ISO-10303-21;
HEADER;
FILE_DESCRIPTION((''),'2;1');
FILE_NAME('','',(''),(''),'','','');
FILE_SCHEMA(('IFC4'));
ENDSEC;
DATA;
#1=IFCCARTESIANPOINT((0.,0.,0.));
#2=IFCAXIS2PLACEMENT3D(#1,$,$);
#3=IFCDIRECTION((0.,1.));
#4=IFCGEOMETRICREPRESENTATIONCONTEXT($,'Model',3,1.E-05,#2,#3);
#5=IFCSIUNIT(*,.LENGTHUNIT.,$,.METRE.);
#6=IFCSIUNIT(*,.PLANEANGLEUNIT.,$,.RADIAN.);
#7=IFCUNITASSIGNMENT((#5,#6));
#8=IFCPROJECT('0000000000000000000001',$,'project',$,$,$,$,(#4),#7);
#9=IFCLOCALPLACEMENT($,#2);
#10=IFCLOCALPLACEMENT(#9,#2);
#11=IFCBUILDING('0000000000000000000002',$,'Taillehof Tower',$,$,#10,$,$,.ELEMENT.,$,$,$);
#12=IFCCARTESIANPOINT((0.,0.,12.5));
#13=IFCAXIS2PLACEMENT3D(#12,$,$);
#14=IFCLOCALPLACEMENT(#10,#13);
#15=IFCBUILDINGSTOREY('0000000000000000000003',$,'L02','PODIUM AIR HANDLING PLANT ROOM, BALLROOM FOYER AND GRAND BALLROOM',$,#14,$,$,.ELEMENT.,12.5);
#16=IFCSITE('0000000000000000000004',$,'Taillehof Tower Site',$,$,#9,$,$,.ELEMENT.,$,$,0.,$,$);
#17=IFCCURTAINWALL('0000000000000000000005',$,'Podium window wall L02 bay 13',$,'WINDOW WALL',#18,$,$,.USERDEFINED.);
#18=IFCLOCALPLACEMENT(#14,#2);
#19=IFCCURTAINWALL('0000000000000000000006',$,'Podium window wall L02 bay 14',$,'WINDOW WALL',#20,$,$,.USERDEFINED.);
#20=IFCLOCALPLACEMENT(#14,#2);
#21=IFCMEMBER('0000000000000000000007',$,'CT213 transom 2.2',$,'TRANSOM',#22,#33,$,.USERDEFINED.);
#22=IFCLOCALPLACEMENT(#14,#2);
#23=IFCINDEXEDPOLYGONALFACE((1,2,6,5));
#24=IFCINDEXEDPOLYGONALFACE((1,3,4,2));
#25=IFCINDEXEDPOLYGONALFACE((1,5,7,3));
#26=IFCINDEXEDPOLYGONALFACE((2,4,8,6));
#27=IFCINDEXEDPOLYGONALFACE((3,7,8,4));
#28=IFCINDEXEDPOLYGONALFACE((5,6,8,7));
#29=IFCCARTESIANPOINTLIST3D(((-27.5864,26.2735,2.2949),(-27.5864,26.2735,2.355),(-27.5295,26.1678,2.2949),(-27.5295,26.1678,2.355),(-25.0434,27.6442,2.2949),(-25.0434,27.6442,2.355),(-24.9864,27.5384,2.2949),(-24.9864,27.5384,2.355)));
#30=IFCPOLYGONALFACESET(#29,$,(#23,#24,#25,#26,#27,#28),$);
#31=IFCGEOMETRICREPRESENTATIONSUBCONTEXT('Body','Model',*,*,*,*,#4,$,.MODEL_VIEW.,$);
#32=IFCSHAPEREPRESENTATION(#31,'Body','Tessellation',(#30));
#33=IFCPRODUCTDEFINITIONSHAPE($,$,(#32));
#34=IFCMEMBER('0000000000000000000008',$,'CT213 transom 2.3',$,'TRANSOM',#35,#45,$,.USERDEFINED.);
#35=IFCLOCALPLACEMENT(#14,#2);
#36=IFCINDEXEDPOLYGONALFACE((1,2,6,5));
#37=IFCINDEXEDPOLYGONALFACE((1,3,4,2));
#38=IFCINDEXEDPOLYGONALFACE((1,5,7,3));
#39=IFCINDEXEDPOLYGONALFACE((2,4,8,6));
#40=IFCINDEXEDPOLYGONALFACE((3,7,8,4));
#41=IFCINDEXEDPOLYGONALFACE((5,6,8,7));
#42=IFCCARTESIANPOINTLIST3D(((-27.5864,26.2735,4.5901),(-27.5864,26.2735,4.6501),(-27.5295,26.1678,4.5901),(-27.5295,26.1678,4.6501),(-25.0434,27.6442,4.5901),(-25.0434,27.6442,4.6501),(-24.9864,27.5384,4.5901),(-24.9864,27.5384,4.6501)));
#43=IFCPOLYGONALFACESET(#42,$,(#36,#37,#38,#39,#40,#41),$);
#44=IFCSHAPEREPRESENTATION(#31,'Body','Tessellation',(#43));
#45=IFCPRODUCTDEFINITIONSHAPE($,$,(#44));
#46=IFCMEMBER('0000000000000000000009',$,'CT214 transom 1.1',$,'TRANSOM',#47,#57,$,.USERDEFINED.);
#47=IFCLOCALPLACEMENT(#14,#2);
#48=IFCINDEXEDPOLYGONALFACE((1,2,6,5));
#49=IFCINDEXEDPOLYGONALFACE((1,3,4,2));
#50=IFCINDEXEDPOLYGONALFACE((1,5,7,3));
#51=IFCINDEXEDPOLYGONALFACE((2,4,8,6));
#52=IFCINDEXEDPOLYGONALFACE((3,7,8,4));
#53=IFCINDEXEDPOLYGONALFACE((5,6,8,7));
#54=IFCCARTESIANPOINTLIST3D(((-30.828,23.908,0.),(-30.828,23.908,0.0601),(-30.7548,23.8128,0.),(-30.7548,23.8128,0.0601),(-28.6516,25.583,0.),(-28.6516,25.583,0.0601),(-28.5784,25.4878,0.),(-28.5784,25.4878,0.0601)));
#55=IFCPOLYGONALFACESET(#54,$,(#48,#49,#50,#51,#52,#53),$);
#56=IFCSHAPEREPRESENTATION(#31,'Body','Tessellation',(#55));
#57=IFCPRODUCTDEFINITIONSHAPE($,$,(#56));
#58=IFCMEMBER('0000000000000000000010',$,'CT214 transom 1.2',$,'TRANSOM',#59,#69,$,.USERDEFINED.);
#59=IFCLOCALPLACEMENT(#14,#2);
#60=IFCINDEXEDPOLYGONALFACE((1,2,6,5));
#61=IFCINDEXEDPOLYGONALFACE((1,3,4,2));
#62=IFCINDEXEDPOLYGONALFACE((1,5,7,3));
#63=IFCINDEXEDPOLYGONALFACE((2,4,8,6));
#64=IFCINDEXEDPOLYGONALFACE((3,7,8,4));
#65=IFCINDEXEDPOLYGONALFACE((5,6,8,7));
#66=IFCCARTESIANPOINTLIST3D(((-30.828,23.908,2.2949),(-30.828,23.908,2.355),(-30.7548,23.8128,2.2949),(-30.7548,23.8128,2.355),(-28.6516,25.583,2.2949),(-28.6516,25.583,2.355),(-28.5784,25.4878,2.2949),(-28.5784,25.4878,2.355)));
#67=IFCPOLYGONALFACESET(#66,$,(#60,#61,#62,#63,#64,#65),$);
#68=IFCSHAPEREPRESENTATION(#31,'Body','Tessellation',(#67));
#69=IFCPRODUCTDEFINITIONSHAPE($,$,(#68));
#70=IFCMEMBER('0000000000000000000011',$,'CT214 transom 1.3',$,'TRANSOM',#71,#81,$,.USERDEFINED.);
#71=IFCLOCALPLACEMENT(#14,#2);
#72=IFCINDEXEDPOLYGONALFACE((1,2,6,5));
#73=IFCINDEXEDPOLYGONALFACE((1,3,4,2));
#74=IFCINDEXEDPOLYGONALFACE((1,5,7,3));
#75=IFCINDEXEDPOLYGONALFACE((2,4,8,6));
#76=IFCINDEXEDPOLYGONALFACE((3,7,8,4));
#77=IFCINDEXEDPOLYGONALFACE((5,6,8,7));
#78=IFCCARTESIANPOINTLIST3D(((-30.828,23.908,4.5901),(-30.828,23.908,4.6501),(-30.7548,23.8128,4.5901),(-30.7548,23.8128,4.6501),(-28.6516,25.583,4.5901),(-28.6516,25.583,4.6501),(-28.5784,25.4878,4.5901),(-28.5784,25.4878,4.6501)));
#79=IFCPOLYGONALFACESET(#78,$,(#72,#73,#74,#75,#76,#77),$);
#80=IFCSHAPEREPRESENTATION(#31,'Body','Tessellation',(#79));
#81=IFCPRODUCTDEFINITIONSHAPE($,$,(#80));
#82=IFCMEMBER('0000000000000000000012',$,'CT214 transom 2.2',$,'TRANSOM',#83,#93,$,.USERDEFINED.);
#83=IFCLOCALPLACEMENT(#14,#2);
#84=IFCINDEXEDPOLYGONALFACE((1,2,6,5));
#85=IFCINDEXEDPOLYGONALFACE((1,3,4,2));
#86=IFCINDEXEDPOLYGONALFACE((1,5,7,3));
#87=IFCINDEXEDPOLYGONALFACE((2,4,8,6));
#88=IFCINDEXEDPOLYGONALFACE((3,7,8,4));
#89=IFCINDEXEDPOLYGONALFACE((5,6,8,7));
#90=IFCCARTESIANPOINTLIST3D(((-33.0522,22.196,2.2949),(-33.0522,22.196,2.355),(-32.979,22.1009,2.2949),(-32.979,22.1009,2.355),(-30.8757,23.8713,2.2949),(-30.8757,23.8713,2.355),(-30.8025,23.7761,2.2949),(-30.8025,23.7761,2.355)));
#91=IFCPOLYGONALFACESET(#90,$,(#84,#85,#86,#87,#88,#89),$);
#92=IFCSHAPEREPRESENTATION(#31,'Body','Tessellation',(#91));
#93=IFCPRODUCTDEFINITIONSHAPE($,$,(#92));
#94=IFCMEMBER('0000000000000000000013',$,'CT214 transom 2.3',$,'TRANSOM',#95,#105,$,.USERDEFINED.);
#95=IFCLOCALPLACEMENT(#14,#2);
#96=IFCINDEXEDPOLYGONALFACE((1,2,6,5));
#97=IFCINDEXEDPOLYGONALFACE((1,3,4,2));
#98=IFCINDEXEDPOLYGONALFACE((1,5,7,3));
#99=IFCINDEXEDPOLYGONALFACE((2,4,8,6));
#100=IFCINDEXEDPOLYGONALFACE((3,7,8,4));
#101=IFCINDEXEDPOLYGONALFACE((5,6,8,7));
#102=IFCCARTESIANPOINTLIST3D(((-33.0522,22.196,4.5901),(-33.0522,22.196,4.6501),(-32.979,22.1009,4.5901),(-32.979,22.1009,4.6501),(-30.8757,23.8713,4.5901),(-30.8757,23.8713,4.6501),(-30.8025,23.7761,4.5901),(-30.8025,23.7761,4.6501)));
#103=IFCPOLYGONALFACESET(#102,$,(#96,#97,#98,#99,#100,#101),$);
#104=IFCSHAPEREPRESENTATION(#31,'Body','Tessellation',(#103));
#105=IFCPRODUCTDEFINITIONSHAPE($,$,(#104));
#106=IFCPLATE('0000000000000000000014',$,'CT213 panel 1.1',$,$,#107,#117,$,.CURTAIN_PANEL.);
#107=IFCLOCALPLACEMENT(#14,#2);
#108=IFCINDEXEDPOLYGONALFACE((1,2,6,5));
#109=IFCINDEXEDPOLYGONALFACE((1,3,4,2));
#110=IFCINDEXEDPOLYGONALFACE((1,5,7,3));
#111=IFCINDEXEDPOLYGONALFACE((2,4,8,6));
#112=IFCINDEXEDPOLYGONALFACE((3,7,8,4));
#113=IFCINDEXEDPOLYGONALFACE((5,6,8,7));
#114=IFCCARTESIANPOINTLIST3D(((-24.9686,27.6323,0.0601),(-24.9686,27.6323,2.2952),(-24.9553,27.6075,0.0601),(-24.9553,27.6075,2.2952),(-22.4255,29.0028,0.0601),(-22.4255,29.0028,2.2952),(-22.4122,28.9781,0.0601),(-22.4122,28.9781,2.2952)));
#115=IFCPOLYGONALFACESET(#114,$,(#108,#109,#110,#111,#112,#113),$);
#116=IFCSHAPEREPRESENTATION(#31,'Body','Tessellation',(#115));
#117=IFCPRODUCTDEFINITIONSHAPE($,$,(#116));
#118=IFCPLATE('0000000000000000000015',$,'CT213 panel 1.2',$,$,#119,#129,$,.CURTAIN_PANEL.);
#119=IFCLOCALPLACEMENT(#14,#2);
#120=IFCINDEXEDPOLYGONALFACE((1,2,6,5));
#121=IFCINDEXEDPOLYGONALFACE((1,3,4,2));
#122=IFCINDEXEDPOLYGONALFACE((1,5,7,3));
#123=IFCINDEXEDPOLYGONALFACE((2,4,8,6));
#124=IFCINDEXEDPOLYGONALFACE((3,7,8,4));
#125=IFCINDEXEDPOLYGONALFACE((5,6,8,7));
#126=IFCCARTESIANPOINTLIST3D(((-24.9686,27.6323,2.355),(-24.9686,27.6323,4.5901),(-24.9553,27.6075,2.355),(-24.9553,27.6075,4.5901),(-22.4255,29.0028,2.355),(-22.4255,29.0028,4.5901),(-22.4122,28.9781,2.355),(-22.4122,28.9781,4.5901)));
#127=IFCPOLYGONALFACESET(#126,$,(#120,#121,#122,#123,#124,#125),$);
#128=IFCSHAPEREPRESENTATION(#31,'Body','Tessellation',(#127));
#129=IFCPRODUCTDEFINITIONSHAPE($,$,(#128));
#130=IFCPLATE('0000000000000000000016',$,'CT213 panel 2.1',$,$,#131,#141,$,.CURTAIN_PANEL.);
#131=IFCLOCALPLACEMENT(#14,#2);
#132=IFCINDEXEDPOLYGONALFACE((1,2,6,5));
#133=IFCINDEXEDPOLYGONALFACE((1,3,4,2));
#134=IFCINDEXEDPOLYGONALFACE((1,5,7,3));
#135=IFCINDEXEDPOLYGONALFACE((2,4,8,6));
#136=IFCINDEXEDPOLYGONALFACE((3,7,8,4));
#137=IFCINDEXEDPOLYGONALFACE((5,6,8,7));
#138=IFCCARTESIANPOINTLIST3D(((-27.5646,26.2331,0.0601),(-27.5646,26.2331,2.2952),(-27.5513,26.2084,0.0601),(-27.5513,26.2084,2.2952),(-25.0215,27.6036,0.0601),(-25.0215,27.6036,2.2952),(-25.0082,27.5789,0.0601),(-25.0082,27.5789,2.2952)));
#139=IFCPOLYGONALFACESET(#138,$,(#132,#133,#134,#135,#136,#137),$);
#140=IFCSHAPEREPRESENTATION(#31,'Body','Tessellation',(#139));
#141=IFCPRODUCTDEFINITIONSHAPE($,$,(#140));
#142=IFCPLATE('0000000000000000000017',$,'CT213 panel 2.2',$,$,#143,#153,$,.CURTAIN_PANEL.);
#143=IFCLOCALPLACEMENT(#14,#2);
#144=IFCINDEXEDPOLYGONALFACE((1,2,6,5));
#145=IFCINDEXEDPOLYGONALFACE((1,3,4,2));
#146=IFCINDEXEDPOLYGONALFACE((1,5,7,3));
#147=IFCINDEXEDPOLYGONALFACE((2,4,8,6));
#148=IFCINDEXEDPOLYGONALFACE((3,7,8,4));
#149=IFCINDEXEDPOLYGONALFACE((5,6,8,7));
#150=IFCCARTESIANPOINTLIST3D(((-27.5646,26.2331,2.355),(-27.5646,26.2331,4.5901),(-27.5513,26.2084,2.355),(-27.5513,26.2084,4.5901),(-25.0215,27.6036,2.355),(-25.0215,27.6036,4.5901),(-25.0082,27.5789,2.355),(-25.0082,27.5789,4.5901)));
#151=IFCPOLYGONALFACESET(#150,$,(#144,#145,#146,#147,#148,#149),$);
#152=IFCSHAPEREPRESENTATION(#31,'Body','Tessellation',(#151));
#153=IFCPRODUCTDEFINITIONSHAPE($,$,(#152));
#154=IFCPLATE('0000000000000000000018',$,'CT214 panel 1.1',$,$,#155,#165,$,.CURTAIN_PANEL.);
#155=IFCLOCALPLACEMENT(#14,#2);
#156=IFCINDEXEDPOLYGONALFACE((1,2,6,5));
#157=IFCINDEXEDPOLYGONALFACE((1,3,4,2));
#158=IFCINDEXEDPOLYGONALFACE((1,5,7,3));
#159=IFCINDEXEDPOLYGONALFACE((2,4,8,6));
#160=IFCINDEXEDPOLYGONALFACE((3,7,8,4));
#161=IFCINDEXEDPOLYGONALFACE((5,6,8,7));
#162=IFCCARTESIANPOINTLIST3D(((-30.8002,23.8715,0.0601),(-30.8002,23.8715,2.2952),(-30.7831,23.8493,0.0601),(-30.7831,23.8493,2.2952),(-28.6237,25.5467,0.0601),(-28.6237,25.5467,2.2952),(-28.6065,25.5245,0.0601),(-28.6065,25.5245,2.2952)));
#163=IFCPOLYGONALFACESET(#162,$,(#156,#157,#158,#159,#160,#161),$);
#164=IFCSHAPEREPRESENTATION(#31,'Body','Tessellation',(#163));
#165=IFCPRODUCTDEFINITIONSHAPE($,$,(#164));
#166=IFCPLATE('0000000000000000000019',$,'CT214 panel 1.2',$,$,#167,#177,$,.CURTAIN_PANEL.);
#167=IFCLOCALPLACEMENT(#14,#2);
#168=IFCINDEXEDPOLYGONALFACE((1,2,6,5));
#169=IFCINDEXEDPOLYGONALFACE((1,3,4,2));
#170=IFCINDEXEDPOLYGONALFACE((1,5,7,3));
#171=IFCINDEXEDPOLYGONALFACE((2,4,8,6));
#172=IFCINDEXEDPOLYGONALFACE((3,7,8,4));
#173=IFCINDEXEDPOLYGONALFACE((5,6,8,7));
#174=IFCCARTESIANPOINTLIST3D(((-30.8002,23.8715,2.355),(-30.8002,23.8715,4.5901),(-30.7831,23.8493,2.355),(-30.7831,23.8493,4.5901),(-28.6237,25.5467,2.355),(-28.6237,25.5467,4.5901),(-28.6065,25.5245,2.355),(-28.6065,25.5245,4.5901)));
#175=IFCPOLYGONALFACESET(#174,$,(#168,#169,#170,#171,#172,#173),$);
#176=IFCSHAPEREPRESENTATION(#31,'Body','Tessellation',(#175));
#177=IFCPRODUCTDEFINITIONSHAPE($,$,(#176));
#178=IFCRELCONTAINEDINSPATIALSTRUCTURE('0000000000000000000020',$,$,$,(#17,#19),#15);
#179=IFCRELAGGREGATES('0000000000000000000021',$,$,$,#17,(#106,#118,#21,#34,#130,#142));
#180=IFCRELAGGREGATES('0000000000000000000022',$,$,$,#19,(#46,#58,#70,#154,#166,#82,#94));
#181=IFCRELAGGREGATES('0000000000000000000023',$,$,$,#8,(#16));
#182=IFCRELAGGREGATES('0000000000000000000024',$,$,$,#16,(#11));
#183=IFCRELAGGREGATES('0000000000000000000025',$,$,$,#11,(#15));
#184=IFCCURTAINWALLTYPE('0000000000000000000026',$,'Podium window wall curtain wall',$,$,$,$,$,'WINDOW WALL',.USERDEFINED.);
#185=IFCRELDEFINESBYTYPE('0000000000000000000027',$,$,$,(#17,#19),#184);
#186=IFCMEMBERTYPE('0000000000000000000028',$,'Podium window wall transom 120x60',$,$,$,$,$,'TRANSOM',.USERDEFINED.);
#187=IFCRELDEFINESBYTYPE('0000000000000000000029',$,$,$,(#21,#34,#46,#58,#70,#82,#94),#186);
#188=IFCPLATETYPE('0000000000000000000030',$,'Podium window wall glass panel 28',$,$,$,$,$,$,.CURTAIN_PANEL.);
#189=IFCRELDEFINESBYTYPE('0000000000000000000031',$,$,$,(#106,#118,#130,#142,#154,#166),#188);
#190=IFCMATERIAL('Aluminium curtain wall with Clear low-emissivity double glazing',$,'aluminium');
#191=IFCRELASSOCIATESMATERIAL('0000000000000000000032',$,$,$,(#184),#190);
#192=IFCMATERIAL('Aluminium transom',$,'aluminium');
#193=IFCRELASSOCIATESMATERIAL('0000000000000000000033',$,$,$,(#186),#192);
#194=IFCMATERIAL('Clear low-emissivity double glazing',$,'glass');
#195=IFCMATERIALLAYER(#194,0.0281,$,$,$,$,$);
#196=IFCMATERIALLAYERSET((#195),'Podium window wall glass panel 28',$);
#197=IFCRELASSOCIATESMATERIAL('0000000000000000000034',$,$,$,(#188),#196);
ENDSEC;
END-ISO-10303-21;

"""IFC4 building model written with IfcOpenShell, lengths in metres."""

from ifc_helpers import new_model, si_unit, direction, frame, origin, origin_2d, place, context, subcontext, project, spatial, rectangle, extrude, material, layer, layer_set, material_profile, profile_set, type_object, element, aggregate, save


model = new_model("IFC4")

# Units and contexts
model_context = context("Model", 3, precision=1e-05, world=origin(), true_north=direction((0.0, 1.0)))
body_context = subcontext(model_context, "Body", "Model", "MODEL_VIEW")
ifc_project = project(units=[si_unit("LENGTHUNIT", "METRE"), si_unit("PLANEANGLEUNIT", "RADIAN")], contexts=[model_context])

# Site, building, storey
site_placement = place(None, origin())
site = spatial("IfcSite", under=ifc_project, at=site_placement, Name="Taillehof Tower Site", CompositionType="ELEMENT", RefElevation=0.0)
building_placement = place(site_placement, origin())
building = spatial("IfcBuilding", under=site, at=building_placement, Name="Taillehof Tower", CompositionType="ELEMENT")
storey_placement = place(building_placement, frame((0.0, 0.0, 12.5)))
storey = spatial("IfcBuildingStorey", under=building, at=storey_placement, Name="L02", Description="PODIUM AIR HANDLING PLANT ROOM, BALLROOM FOYER AND GRAND BALLROOM", CompositionType="ELEMENT", Elevation=12.5)

# Curtain walls
ifc_material_1 = material(Name="Aluminium curtain wall with Clear low-emissivity double glazing", Category="aluminium")
curtain_wall_type = type_object("IfcCurtainWallType", Name="Podium window wall curtain wall", ElementType="WINDOW WALL", PredefinedType="USERDEFINED", material=ifc_material_1)
curtain_wall_1_placement = place(storey_placement, origin())
curtain_wall_1 = element("IfcCurtainWall", 1, at=curtain_wall_1_placement, inside=storey, type_object=curtain_wall_type, Name="Podium window wall L02 bay 13", ObjectType="WINDOW WALL", PredefinedType="USERDEFINED")
curtain_wall_2_placement = place(storey_placement, origin())
curtain_wall_2 = element("IfcCurtainWall", 2, at=curtain_wall_2_placement, inside=storey, type_object=curtain_wall_type, Name="Podium window wall L02 bay 14", ObjectType="WINDOW WALL", PredefinedType="USERDEFINED")

# Members
ifc_material_2 = material(Name="Aluminium transom", Category="aluminium")
ifc_material_profile_1 = material_profile(ifc_material_2, rectangle(XDim=0.1201, YDim=0.0601, at=origin_2d()), Name="AL 120x60")
ifc_profile_set_1 = profile_set([ifc_material_profile_1], Name="Aluminium transom")
member_type_1 = type_object("IfcMemberType", Name="Podium window wall transom 120x60", ElementType="TRANSOM", PredefinedType="USERDEFINED", material=ifc_profile_set_1)
member_1_placement = place(storey_placement, frame((-25.0149, 27.5913, 2.325), z_axis=(-0.880281, -0.474453, 0.0), x_axis=(0.474453, -0.880281, 0.0)))
member_1 = element("IfcMember", 3, at=member_1_placement, type_object=member_type_1, Name="CT213 transom 2.2", ObjectType="TRANSOM", PredefinedType="USERDEFINED", context=body_context, shape_type="SweptSolid", body=[
    extrude(rectangle(XDim=0.1201, YDim=0.0601, at=origin_2d()), origin(), (0.0, 0.0, 1.0), 2.8889),
])
member_2_placement = place(storey_placement, frame((-25.0149, 27.5913, 4.6201), z_axis=(-0.880281, -0.474453, 0.0), x_axis=(0.474453, -0.880281, 0.0)))
member_2 = element("IfcMember", 4, at=member_2_placement, type_object=member_type_1, Name="CT213 transom 2.3", ObjectType="TRANSOM", PredefinedType="USERDEFINED", context=body_context, shape_type="SweptSolid", body=[
    extrude(rectangle(XDim=0.1201, YDim=0.0601, at=origin_2d()), origin(), (0.0, 0.0, 1.0), 2.8889),
])
member_3_placement = place(storey_placement, frame((-28.615, 25.5354, 0.03), z_axis=(-0.792482, -0.609895, 0.0), x_axis=(0.609895, -0.792482, 0.0)))
member_3 = element("IfcMember", 5, at=member_3_placement, type_object=member_type_1, Name="CT214 transom 1.1", ObjectType="TRANSOM", PredefinedType="USERDEFINED", context=body_context, shape_type="SweptSolid", body=[
    extrude(rectangle(XDim=0.1201, YDim=0.0601, at=origin_2d()), origin(), (0.0, 0.0, 1.0), 2.7463),
])
member_4_placement = place(storey_placement, frame((-28.615, 25.5354, 2.325), z_axis=(-0.792482, -0.609895, 0.0), x_axis=(0.609895, -0.792482, 0.0)))
member_4 = element("IfcMember", 6, at=member_4_placement, type_object=member_type_1, Name="CT214 transom 1.2", ObjectType="TRANSOM", PredefinedType="USERDEFINED", context=body_context, shape_type="SweptSolid", body=[
    extrude(rectangle(XDim=0.1201, YDim=0.0601, at=origin_2d()), origin(), (0.0, 0.0, 1.0), 2.7463),
])
member_5_placement = place(storey_placement, frame((-28.615, 25.5354, 4.6201), z_axis=(-0.792482, -0.609895, 0.0), x_axis=(0.609895, -0.792482, 0.0)))
member_5 = element("IfcMember", 7, at=member_5_placement, type_object=member_type_1, Name="CT214 transom 1.3", ObjectType="TRANSOM", PredefinedType="USERDEFINED", context=body_context, shape_type="SweptSolid", body=[
    extrude(rectangle(XDim=0.1201, YDim=0.0601, at=origin_2d()), origin(), (0.0, 0.0, 1.0), 2.7463),
])
member_6_placement = place(storey_placement, frame((-30.8391, 23.8237, 2.325), z_axis=(-0.792439, -0.609951, 0.0), x_axis=(0.609951, -0.792439, 0.0)))
member_6 = element("IfcMember", 8, at=member_6_placement, type_object=member_type_1, Name="CT214 transom 2.2", ObjectType="TRANSOM", PredefinedType="USERDEFINED", context=body_context, shape_type="SweptSolid", body=[
    extrude(rectangle(XDim=0.1201, YDim=0.0601, at=origin_2d()), origin(), (0.0, 0.0, 1.0), 2.7466),
])
member_7_placement = place(storey_placement, frame((-30.8391, 23.8237, 4.6201), z_axis=(-0.792439, -0.609951, 0.0), x_axis=(0.609951, -0.792439, 0.0)))
member_7 = element("IfcMember", 9, at=member_7_placement, type_object=member_type_1, Name="CT214 transom 2.3", ObjectType="TRANSOM", PredefinedType="USERDEFINED", context=body_context, shape_type="SweptSolid", body=[
    extrude(rectangle(XDim=0.1201, YDim=0.0601, at=origin_2d()), origin(), (0.0, 0.0, 1.0), 2.7466),
])

# Plates
ifc_material_3 = material(Name="Clear low-emissivity double glazing", Category="glass")
ifc_layer = layer(ifc_material_3, 0.0281)
ifc_layer_set = layer_set([ifc_layer], Name="Podium window wall glass panel 28")
plate_type = type_object("IfcPlateType", Name="Podium window wall glass panel 28", PredefinedType="CURTAIN_PANEL", material=ifc_layer_set)
plate_1_placement = place(storey_placement, frame((-23.6904, 28.3052, 0.0601), z_axis=(0.0, 0.0, 1.0), x_axis=(-0.880301, -0.474415, 0.0)))
plate_1 = element("IfcPlate", 10, at=plate_1_placement, type_object=plate_type, Name="CT213 panel 1.1", PredefinedType="CURTAIN_PANEL", context=body_context, shape_type="SweptSolid", body=[
    extrude(rectangle(XDim=2.8889, YDim=0.0281, at=origin_2d()), origin(), (0.0, 0.0, 1.0), 2.2351),
])
plate_2_placement = place(storey_placement, frame((-23.6904, 28.3052, 2.355), z_axis=(0.0, 0.0, 1.0), x_axis=(-0.880301, -0.474415, 0.0)))
plate_2 = element("IfcPlate", 11, at=plate_2_placement, type_object=plate_type, Name="CT213 panel 1.2", PredefinedType="CURTAIN_PANEL", context=body_context, shape_type="SweptSolid", body=[
    extrude(rectangle(XDim=2.8889, YDim=0.0281, at=origin_2d()), origin(), (0.0, 0.0, 1.0), 2.2351),
])
plate_3_placement = place(storey_placement, frame((-26.2864, 26.906, 0.0601), z_axis=(0.0, 0.0, 1.0), x_axis=(-0.880301, -0.474415, 0.0)))
plate_3 = element("IfcPlate", 12, at=plate_3_placement, type_object=plate_type, Name="CT213 panel 2.1", PredefinedType="CURTAIN_PANEL", context=body_context, shape_type="SweptSolid", body=[
    extrude(rectangle(XDim=2.8889, YDim=0.0281, at=origin_2d()), origin(), (0.0, 0.0, 1.0), 2.2351),
])
plate_4_placement = place(storey_placement, frame((-26.2864, 26.906, 2.355), z_axis=(0.0, 0.0, 1.0), x_axis=(-0.880301, -0.474415, 0.0)))
plate_4 = element("IfcPlate", 13, at=plate_4_placement, type_object=plate_type, Name="CT213 panel 2.2", PredefinedType="CURTAIN_PANEL", context=body_context, shape_type="SweptSolid", body=[
    extrude(rectangle(XDim=2.8889, YDim=0.0281, at=origin_2d()), origin(), (0.0, 0.0, 1.0), 2.2351),
])
aggregate(curtain_wall_1, [plate_1, plate_2, member_1, member_2, plate_3, plate_4])
plate_5_placement = place(storey_placement, frame((-29.7034, 24.698, 0.0601), z_axis=(0.0, 0.0, 1.0), x_axis=(-0.792454, -0.609932, 0.0)))
plate_5 = element("IfcPlate", 14, at=plate_5_placement, type_object=plate_type, Name="CT214 panel 1.1", PredefinedType="CURTAIN_PANEL", context=body_context, shape_type="SweptSolid", body=[
    extrude(rectangle(XDim=2.7466, YDim=0.0281, at=origin_2d()), origin(), (0.0, 0.0, 1.0), 2.2351),
])
plate_6_placement = place(storey_placement, frame((-29.7034, 24.698, 2.355), z_axis=(0.0, 0.0, 1.0), x_axis=(-0.792454, -0.609932, 0.0)))
plate_6 = element("IfcPlate", 15, at=plate_6_placement, type_object=plate_type, Name="CT214 panel 1.2", PredefinedType="CURTAIN_PANEL", context=body_context, shape_type="SweptSolid", body=[
    extrude(rectangle(XDim=2.7466, YDim=0.0281, at=origin_2d()), origin(), (0.0, 0.0, 1.0), 2.2351),
])
aggregate(curtain_wall_2, [member_3, member_4, member_5, plate_5, plate_6, member_6, member_7])

save(model, "model.ifc")
